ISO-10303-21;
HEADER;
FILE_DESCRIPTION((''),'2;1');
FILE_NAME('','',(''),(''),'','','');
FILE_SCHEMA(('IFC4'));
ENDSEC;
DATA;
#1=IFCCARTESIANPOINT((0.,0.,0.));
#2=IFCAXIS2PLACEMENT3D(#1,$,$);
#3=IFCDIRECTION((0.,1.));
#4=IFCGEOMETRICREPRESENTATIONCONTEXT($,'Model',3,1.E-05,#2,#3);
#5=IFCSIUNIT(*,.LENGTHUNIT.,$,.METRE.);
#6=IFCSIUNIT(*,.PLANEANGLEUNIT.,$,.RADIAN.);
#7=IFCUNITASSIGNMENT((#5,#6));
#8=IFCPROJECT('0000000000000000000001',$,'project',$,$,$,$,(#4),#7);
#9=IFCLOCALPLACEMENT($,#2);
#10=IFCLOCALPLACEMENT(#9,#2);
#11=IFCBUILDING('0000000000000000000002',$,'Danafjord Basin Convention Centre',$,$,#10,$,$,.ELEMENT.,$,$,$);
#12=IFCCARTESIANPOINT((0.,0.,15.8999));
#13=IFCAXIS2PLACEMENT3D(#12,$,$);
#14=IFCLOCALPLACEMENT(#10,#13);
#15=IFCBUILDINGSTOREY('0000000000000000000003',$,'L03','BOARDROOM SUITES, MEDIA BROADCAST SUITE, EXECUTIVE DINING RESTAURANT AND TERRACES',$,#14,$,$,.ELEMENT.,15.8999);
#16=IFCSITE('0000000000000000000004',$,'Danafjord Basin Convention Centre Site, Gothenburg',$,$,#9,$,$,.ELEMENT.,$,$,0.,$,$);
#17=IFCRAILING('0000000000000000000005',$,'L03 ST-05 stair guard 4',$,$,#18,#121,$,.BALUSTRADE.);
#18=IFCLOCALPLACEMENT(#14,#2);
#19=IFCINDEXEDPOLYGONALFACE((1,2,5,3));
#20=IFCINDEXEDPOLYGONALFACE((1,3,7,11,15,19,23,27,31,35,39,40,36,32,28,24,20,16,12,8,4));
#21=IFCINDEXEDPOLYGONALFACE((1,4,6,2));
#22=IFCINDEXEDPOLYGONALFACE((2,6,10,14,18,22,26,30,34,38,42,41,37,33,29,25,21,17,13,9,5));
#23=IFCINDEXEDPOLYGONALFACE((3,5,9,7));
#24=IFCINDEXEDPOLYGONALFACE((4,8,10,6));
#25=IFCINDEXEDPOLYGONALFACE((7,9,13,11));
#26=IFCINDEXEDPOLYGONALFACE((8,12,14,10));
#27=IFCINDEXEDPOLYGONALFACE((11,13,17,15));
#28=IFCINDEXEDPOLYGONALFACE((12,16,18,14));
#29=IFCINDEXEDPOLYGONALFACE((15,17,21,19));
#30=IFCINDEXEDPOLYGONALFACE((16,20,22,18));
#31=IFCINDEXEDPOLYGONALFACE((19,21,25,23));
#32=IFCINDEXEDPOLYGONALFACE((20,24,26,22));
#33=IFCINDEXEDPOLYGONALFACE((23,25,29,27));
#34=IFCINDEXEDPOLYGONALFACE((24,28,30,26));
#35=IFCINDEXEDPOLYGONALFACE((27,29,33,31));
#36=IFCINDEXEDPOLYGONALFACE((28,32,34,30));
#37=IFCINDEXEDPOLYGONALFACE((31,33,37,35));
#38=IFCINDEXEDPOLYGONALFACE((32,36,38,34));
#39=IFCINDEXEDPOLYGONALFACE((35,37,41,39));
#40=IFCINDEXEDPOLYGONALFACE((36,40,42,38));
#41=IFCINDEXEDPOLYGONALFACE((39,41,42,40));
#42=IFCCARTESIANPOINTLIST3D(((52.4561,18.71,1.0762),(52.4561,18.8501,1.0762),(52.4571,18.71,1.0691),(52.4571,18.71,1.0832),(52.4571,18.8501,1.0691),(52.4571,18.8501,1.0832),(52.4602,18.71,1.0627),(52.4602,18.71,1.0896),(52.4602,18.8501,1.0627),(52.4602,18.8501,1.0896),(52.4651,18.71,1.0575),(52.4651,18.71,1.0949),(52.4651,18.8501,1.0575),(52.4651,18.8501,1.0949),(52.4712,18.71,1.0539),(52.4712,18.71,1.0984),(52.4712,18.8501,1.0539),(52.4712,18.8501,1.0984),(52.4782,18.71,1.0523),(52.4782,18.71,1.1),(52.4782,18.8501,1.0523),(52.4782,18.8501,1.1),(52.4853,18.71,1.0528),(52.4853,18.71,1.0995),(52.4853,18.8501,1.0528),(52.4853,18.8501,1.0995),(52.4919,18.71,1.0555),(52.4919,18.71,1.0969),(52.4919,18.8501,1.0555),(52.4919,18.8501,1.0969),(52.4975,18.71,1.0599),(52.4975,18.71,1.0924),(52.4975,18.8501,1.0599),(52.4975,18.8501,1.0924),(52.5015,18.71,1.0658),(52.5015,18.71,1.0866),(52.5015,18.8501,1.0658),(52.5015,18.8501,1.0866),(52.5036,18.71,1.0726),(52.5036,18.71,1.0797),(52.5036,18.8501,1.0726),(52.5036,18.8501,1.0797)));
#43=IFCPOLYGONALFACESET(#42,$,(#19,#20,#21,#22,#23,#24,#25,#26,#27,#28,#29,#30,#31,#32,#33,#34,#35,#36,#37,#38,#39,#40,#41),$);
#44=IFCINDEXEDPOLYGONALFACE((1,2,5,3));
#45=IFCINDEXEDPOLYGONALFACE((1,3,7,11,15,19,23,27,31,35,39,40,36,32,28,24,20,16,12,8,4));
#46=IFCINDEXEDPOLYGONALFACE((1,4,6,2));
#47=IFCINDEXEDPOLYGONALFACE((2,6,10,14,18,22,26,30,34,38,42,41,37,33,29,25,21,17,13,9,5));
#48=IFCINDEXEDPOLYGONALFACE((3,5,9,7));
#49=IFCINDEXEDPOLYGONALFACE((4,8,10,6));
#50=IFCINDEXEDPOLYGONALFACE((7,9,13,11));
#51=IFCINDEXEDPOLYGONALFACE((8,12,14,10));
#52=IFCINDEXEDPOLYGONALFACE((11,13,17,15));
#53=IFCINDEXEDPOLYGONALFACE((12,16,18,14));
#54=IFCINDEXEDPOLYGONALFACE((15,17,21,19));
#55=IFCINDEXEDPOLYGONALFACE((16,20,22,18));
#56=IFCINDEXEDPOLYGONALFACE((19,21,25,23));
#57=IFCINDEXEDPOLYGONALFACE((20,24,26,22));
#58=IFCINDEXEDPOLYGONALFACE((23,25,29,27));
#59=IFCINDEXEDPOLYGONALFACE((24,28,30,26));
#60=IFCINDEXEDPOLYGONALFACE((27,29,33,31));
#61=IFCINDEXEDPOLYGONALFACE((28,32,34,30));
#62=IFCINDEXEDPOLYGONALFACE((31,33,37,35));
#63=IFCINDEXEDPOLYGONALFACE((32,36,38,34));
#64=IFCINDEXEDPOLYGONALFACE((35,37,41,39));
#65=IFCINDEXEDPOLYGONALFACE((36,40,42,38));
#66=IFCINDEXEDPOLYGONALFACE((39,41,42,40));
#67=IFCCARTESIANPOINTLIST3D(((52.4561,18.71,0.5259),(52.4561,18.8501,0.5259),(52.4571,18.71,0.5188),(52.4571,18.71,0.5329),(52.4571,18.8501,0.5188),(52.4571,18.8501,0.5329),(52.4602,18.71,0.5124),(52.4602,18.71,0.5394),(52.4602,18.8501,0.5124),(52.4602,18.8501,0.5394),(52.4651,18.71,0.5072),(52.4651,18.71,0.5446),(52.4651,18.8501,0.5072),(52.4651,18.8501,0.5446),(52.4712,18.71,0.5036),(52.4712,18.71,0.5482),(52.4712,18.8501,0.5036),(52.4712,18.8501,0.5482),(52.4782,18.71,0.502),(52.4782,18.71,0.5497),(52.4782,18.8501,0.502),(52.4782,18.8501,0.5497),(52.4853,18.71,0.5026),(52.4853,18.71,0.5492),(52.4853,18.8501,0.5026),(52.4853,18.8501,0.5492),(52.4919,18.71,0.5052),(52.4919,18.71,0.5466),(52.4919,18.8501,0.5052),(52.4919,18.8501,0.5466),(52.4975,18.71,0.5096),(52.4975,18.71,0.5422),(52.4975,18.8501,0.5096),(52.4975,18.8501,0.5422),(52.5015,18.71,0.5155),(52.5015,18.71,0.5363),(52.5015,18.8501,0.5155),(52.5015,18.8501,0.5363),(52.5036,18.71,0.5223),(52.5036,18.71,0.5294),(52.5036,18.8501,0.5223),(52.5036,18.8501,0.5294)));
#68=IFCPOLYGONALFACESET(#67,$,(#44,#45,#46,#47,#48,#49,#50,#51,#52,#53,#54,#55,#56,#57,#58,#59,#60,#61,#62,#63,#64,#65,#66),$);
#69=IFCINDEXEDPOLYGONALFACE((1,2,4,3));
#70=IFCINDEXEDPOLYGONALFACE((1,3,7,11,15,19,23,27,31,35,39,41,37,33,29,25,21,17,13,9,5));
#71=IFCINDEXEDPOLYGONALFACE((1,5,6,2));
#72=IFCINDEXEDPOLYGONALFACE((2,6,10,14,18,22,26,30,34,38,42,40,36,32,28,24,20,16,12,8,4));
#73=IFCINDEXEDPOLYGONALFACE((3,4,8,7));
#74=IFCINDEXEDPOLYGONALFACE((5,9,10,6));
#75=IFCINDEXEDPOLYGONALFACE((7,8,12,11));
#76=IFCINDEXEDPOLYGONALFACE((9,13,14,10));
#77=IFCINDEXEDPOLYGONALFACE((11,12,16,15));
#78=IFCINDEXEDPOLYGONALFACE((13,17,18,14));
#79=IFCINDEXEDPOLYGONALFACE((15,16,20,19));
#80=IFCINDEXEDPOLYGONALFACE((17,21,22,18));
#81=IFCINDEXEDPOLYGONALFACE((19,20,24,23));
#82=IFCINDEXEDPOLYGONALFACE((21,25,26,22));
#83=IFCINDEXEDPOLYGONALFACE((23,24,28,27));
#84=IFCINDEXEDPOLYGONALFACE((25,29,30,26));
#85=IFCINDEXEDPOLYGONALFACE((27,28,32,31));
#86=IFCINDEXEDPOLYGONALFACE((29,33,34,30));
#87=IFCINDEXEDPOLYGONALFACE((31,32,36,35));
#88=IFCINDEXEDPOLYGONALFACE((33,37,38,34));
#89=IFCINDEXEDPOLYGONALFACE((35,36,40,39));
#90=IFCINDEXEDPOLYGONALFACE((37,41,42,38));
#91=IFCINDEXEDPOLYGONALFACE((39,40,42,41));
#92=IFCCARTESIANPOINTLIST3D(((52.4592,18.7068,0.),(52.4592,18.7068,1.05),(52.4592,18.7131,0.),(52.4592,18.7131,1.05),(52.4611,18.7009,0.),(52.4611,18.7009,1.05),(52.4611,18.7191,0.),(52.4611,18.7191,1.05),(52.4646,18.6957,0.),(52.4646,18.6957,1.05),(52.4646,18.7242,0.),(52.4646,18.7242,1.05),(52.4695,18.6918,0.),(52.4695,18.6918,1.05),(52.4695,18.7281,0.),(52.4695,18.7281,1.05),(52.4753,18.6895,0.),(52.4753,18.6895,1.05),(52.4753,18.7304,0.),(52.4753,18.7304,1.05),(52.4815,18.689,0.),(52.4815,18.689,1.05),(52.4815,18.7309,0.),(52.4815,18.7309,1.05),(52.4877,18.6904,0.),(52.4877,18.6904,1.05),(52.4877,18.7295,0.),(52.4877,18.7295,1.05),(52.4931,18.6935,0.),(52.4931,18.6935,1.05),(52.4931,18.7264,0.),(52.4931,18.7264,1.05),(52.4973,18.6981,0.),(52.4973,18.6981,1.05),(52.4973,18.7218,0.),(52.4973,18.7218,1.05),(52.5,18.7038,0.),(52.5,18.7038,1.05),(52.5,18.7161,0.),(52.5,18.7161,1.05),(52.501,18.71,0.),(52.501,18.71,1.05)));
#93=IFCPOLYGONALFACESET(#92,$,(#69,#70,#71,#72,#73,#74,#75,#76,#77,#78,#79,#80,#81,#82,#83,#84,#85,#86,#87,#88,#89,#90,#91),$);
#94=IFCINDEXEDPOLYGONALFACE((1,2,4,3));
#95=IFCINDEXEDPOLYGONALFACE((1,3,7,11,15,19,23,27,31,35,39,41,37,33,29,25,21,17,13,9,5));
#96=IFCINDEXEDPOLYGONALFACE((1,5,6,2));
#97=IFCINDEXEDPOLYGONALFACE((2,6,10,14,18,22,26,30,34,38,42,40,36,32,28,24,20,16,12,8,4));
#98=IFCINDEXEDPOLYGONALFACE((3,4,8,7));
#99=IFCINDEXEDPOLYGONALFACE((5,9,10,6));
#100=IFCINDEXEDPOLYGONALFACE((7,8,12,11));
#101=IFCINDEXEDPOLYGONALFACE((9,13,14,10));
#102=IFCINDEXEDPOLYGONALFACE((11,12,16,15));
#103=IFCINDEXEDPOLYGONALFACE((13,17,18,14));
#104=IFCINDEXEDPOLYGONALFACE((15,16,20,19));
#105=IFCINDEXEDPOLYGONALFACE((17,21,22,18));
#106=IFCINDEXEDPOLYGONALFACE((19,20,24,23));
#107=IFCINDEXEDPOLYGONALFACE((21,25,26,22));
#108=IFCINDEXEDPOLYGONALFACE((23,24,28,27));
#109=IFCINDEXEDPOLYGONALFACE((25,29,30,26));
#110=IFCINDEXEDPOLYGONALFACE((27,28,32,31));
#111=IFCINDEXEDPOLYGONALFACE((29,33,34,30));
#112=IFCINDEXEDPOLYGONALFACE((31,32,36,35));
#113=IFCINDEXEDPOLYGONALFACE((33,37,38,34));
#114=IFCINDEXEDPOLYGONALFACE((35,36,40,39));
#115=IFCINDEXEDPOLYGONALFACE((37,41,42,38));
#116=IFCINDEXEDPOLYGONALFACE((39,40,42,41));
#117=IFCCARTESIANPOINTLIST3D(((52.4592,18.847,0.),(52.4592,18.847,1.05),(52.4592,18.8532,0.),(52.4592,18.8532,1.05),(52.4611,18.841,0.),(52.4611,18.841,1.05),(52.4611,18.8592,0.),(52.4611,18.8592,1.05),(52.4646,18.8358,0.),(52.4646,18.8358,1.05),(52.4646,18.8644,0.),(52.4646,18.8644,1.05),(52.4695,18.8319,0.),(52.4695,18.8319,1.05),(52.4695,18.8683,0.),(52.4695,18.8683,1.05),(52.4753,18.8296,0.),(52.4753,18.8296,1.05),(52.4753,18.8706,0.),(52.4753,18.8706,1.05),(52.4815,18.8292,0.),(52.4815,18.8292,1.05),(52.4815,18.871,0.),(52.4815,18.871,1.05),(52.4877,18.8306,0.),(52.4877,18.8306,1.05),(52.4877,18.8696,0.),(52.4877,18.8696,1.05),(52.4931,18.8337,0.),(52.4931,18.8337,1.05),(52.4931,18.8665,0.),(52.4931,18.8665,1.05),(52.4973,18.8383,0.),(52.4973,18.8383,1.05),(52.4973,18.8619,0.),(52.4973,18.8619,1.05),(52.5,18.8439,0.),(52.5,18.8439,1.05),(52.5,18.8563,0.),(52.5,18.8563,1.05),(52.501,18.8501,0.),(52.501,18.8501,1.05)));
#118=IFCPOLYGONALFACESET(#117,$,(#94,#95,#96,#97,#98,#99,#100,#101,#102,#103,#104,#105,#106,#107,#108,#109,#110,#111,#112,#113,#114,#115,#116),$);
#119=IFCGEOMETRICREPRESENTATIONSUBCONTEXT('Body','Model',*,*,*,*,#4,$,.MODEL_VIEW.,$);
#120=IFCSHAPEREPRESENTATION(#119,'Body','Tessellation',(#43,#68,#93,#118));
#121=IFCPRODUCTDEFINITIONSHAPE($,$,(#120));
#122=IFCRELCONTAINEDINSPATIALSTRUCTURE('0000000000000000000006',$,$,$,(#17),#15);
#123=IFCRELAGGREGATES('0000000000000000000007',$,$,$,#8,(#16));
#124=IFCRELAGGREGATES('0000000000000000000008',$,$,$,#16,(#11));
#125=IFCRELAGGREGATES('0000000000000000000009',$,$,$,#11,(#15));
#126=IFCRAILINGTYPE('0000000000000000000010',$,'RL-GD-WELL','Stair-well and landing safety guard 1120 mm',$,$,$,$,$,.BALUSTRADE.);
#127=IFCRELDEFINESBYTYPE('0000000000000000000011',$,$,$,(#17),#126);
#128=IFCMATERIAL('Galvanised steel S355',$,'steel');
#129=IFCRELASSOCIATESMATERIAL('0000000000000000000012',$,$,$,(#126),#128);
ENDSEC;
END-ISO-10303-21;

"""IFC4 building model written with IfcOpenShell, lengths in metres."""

from ifc_helpers import new_model, si_unit, direction, frame, origin, origin_2d, place, context, subcontext, project, spatial, circle, extrude, material, type_object, element, save


model = new_model("IFC4")

# Units and contexts
model_context = context("Model", 3, precision=1e-05, world=origin(), true_north=direction((0.0, 1.0)))
body_context = subcontext(model_context, "Body", "Model", "MODEL_VIEW")
ifc_project = project(units=[si_unit("LENGTHUNIT", "METRE"), si_unit("PLANEANGLEUNIT", "RADIAN")], contexts=[model_context])

# Site, building, storey
site_placement = place(None, origin())
site = spatial("IfcSite", under=ifc_project, at=site_placement, Name="Danafjord Basin Convention Centre Site, Gothenburg", CompositionType="ELEMENT", RefElevation=0.0)
building_placement = place(site_placement, origin())
building = spatial("IfcBuilding", under=site, at=building_placement, Name="Danafjord Basin Convention Centre", CompositionType="ELEMENT")
storey_placement = place(building_placement, frame((0.0, 0.0, 15.8999)))
storey = spatial("IfcBuildingStorey", under=building, at=storey_placement, Name="L03", Description="BOARDROOM SUITES, MEDIA BROADCAST SUITE, EXECUTIVE DINING RESTAURANT AND TERRACES", CompositionType="ELEMENT", Elevation=15.8999)

# Railing
ifc_material_1 = material(Name="Galvanised steel S355", Category="steel")
railing_type_1 = type_object("IfcRailingType", Name="RL-GD-WELL", Description="Stair-well and landing safety guard 1120 mm", PredefinedType="BALUSTRADE", material=ifc_material_1)
railing_1_placement = place(storey_placement, frame((52.48, 18.71, 0.0)))
element("IfcRailing", 1, at=railing_1_placement, inside=storey, type_object=railing_type_1, Name="L03 ST-05 stair guard 4", PredefinedType="BALUSTRADE", context=body_context, shape_type="SweptSolid", body=[
    extrude(circle(Radius=0.0239, at=origin_2d()), frame((0.0, 0.0, 1.0762), z_axis=(0.0, 1.0, 0.0), x_axis=(-1.0, 0.0, 0.0)), (0.0, 0.0, 1.0), 0.1401),
    extrude(circle(Radius=0.0239, at=origin_2d()), frame((0.0, 0.0, 0.5259), z_axis=(0.0, 1.0, 0.0), x_axis=(-1.0, 0.0, 0.0)), (0.0, 0.0, 1.0), 0.1401),
    extrude(circle(Radius=0.021, at=origin_2d()), origin(), (0.0, 0.0, 1.0), 1.05),
    extrude(circle(Radius=0.021, at=origin_2d()), frame((0.0, 0.1401, 0.0)), (0.0, 0.0, 1.0), 1.05),
])

save(model, "model.ifc")
